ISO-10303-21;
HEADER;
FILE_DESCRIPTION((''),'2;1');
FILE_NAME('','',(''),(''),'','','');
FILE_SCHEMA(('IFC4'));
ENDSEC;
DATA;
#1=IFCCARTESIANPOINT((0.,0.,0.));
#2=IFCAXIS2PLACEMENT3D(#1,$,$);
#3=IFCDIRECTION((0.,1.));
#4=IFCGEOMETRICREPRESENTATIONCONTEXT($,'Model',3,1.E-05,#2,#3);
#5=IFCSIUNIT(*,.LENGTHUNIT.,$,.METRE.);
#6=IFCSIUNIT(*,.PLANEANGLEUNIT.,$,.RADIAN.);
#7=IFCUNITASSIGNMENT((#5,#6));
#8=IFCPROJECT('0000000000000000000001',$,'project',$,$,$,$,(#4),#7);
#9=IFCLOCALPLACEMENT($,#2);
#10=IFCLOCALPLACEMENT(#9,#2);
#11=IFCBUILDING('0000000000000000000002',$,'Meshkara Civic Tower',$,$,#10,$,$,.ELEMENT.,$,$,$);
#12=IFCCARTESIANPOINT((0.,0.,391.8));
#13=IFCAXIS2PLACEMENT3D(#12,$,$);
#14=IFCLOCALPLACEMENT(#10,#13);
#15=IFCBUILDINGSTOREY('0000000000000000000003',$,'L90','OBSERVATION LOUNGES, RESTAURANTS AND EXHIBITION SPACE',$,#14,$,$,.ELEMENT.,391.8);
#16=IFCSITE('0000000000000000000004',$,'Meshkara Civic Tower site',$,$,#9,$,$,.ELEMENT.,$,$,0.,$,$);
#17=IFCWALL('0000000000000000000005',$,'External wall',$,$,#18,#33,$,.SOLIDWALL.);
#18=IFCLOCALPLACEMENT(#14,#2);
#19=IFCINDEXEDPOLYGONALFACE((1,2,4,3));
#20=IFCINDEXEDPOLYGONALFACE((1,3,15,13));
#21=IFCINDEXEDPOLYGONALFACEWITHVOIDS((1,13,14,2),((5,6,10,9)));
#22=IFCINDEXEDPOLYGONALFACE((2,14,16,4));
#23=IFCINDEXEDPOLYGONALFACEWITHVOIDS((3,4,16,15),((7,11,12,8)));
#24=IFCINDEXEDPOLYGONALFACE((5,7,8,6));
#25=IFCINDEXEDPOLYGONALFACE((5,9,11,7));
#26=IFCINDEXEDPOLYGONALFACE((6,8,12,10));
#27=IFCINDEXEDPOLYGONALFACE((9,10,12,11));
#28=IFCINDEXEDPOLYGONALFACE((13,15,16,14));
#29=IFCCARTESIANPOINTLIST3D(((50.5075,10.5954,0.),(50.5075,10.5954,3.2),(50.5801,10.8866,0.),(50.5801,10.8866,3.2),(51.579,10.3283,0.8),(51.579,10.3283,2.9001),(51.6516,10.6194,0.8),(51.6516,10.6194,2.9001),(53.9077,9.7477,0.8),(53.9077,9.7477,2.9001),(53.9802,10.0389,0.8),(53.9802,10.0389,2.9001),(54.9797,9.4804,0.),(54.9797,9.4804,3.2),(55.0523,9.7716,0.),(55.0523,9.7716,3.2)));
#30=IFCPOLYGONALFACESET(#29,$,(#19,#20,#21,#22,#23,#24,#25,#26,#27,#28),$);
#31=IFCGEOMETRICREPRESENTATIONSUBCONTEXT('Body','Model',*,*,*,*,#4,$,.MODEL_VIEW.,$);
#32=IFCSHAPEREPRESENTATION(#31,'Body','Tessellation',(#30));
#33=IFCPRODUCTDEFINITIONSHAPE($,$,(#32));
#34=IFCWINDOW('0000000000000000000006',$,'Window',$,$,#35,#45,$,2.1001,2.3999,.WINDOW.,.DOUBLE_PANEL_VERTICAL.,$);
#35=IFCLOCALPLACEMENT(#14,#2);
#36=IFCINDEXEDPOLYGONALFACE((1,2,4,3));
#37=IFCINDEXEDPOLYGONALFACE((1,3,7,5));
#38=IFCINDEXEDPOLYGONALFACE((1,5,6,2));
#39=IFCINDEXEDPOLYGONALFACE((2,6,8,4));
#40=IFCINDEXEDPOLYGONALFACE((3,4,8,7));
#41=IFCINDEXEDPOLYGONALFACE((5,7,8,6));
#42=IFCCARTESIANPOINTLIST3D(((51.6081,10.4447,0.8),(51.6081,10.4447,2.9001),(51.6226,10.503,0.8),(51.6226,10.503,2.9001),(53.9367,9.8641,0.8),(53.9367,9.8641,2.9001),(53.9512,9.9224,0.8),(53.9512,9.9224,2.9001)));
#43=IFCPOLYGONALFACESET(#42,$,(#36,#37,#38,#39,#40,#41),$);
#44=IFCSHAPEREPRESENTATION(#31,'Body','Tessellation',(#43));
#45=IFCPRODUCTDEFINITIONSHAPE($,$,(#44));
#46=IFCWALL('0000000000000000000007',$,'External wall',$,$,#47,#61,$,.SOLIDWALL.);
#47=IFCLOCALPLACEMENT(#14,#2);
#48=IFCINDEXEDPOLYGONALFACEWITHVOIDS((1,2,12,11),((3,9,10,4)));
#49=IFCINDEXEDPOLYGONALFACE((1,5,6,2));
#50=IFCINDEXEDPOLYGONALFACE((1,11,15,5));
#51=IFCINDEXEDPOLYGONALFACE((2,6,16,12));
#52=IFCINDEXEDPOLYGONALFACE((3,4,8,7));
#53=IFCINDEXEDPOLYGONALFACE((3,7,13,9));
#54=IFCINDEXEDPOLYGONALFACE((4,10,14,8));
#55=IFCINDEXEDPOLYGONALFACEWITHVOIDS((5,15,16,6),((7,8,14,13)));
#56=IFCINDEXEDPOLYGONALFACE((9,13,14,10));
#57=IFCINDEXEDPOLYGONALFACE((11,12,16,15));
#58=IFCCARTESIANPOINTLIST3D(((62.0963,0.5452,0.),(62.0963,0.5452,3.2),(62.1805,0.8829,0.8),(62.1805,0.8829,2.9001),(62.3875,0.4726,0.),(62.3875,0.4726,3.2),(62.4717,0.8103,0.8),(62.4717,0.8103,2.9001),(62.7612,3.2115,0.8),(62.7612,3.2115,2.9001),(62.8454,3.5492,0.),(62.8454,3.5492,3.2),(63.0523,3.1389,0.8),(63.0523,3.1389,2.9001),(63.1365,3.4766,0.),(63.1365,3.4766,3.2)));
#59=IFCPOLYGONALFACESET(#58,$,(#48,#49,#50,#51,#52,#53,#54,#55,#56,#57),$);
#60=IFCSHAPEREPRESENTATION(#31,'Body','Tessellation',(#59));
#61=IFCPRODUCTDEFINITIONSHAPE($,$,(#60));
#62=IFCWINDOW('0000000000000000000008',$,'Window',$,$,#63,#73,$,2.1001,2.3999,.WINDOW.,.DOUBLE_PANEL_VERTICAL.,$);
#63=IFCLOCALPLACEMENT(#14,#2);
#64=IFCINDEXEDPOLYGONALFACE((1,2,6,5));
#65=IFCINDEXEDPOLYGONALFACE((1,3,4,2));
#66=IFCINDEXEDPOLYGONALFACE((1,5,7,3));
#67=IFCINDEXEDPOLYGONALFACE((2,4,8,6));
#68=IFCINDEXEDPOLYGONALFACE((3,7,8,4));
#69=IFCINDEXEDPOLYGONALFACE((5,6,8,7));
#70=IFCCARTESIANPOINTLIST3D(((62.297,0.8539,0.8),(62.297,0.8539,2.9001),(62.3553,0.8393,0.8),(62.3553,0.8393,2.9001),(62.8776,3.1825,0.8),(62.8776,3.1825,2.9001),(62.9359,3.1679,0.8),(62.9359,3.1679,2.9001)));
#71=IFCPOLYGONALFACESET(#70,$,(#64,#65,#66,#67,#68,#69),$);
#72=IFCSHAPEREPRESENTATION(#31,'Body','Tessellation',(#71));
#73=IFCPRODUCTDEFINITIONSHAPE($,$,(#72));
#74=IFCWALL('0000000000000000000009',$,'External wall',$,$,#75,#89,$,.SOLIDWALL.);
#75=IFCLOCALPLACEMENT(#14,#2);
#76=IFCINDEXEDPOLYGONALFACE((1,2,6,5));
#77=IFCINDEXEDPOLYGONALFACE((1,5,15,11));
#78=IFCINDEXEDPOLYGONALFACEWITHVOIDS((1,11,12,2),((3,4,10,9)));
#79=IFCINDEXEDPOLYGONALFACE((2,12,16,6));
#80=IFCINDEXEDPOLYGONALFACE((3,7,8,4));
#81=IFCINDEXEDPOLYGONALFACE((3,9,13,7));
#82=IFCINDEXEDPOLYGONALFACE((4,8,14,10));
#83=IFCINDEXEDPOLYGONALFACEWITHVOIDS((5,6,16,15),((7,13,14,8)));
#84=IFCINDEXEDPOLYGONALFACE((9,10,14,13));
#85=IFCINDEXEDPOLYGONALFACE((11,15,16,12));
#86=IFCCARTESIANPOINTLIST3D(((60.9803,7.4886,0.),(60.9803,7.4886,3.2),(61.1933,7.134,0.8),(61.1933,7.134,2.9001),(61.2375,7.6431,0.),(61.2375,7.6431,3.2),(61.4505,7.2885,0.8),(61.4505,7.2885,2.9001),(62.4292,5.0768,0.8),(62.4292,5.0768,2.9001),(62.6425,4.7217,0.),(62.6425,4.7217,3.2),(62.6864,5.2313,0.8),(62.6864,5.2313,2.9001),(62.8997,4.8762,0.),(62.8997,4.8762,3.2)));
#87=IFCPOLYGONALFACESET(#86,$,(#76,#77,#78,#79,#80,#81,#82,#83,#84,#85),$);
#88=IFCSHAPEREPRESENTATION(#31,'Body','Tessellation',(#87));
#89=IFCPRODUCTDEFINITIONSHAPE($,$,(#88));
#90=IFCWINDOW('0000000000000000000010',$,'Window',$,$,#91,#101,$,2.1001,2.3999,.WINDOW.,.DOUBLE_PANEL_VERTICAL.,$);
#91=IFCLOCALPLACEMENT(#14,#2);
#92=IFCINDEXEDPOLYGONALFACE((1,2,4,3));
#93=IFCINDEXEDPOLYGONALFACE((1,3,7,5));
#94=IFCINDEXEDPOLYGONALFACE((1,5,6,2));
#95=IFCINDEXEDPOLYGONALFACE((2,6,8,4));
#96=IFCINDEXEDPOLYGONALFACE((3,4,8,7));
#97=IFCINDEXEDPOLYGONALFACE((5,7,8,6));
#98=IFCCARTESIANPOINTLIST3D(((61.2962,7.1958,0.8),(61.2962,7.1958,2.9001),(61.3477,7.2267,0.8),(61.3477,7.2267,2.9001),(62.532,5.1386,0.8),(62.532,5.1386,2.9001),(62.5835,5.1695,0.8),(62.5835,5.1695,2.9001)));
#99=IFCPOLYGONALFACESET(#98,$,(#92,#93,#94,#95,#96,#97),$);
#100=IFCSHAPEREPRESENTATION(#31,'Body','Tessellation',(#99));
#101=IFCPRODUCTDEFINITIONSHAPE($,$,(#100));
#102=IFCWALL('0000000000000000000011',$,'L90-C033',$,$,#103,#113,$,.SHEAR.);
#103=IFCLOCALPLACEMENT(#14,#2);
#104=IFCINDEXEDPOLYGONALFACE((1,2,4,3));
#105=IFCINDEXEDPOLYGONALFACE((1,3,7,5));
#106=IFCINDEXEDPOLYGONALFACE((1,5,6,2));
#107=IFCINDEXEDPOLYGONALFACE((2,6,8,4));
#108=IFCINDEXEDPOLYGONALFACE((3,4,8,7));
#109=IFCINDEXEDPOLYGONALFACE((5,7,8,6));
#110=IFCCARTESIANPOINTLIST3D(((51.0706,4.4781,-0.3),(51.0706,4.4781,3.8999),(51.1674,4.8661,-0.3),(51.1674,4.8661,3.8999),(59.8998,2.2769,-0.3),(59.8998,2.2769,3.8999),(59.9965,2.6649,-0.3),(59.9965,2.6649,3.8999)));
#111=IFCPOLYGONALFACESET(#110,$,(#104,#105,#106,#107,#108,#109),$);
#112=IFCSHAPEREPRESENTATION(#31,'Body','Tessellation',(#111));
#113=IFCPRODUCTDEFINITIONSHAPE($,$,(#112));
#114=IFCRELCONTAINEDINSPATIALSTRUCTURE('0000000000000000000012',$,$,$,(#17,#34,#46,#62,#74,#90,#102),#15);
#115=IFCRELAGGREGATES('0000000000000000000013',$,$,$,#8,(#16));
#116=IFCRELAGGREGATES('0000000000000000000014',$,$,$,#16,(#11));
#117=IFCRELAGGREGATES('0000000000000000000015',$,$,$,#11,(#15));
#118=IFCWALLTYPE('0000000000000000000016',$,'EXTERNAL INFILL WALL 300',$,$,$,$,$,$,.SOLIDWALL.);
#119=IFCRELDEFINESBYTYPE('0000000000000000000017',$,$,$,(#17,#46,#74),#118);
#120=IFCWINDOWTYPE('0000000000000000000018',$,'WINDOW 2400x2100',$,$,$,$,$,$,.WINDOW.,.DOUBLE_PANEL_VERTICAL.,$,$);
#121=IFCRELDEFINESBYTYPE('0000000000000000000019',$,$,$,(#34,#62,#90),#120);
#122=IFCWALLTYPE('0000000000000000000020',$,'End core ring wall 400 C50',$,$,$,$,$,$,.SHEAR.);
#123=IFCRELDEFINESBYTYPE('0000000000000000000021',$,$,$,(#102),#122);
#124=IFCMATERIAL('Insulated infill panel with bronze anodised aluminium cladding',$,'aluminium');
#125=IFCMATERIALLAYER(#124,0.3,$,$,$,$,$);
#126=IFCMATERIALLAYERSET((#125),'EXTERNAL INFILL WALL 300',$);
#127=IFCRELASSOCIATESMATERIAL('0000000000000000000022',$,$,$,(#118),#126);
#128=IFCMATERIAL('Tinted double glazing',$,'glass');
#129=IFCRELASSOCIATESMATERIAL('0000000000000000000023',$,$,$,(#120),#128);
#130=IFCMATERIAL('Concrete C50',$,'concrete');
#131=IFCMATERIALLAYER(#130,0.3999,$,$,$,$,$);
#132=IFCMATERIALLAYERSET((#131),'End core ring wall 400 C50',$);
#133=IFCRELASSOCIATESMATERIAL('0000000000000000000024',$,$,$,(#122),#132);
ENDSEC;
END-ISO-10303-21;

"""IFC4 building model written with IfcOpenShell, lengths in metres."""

from ifc_helpers import new_model, si_unit, direction, frame, frame_2d, origin, place, context, subcontext, project, spatial, rectangle, extrude, material, layer, layer_set, type_object, element, fill, save


model = new_model("IFC4")

# Units and contexts
model_context = context("Model", 3, precision=1e-05, world=origin(), true_north=direction((0.0, 1.0)))
body_context = subcontext(model_context, "Body", "Model", "MODEL_VIEW")
ifc_project = project(units=[si_unit("LENGTHUNIT", "METRE"), si_unit("PLANEANGLEUNIT", "RADIAN")], contexts=[model_context])

# Site, building, storey
site_placement = place(None, origin())
site = spatial("IfcSite", under=ifc_project, at=site_placement, Name="Meshkara Civic Tower site", CompositionType="ELEMENT", RefElevation=0.0)
building_placement = place(site_placement, origin())
building = spatial("IfcBuilding", under=site, at=building_placement, Name="Meshkara Civic Tower", CompositionType="ELEMENT")
storey_placement = place(building_placement, frame((0.0, 0.0, 391.8)))
storey = spatial("IfcBuildingStorey", under=building, at=storey_placement, Name="L90", Description="OBSERVATION LOUNGES, RESTAURANTS AND EXHIBITION SPACE", CompositionType="ELEMENT", Elevation=391.8)

# Walls, openings, windows
ifc_material_1 = material(Name="Insulated infill panel with bronze anodised aluminium cladding", Category="aluminium")
ifc_layer_1 = layer(ifc_material_1, 0.3)
ifc_layer_set_1 = layer_set([ifc_layer_1], Name="EXTERNAL INFILL WALL 300")
wall_type_1 = type_object("IfcWallType", Name="EXTERNAL INFILL WALL 300", PredefinedType="SOLIDWALL", material=ifc_layer_set_1)
ifc_material_2 = material(Name="Tinted double glazing", Category="glass")
window_type = type_object("IfcWindowType", Name="WINDOW 2400x2100", PartitioningType="DOUBLE_PANEL_VERTICAL", PredefinedType="WINDOW", material=ifc_material_2)
wall_1_placement = place(storey_placement, frame((55.0161, 9.626, 0.0), z_axis=(0.0, 0.0, 1.0), x_axis=(-0.970298, 0.241912, 0.0)))
wall_1 = element("IfcWall", 1, at=wall_1_placement, inside=storey, type_object=wall_type_1, Name="External wall", PredefinedType="SOLIDWALL", context=body_context, shape_type="SweptSolid", body=[
    extrude(rectangle(XDim=4.6091, YDim=0.3, at=frame_2d((2.3047, 0.0))), origin(), (0.0, 0.0, 1.0), 3.2),
])
opening_1_placement = place(wall_1_placement, frame((1.105, 0.0, 0.8)))
opening_1 = element("IfcOpeningElement", 2, at=opening_1_placement, cuts=wall_1, PredefinedType="OPENING", context=body_context, shape_type="SweptSolid", body=[
    extrude(rectangle(XDim=2.3999, YDim=2.1001, at=frame_2d((1.2, 1.05))), frame((0.0, 0.1599, 0.0), z_axis=(0.0, -1.0, 0.0), x_axis=(1.0, 0.0, 0.0)), (0.0, 0.0, 1.0), 0.3201),
])
window_1_placement = place(opening_1_placement, origin())
window_1 = element("IfcWindow", 3, at=window_1_placement, inside=storey, type_object=window_type, Name="Window", OverallHeight=2.1001, OverallWidth=2.3999, PartitioningType="DOUBLE_PANEL_VERTICAL", PredefinedType="WINDOW", context=body_context, shape_type="SweptSolid", body=[
    extrude(rectangle(XDim=2.3999, YDim=2.1001, at=frame_2d((1.2, 1.05))), frame((0.0, 0.03, 0.0), z_axis=(0.0, -1.0, 0.0), x_axis=(1.0, 0.0, 0.0)), (0.0, 0.0, 1.0), 0.0601),
])
fill(opening_1, window_1)
wall_2_placement = place(storey_placement, frame((62.2419, 0.509, 0.0), z_axis=(0.0, 0.0, 1.0), x_axis=(0.241942, 0.970291, 0.0)))
wall_2 = element("IfcWall", 4, at=wall_2_placement, inside=storey, type_object=wall_type_1, Name="External wall", PredefinedType="SOLIDWALL", context=body_context, shape_type="SweptSolid", body=[
    extrude(rectangle(XDim=3.0959, YDim=0.3, at=frame_2d((1.5479, 0.0))), origin(), (0.0, 0.0, 1.0), 3.2),
])
opening_2_placement = place(wall_2_placement, frame((0.3479, 0.0, 0.8)))
opening_2 = element("IfcOpeningElement", 5, at=opening_2_placement, cuts=wall_2, PredefinedType="OPENING", context=body_context, shape_type="SweptSolid", body=[
    extrude(rectangle(XDim=2.3999, YDim=2.1001, at=frame_2d((1.2, 1.05))), frame((0.0, 0.1599, 0.0), z_axis=(0.0, -1.0, 0.0), x_axis=(1.0, 0.0, 0.0)), (0.0, 0.0, 1.0), 0.3201),
])
window_2_placement = place(opening_2_placement, origin())
window_2 = element("IfcWindow", 6, at=window_2_placement, inside=storey, type_object=window_type, Name="Window", OverallHeight=2.1001, OverallWidth=2.3999, PartitioningType="DOUBLE_PANEL_VERTICAL", PredefinedType="WINDOW", context=body_context, shape_type="SweptSolid", body=[
    extrude(rectangle(XDim=2.3999, YDim=2.1001, at=frame_2d((1.2, 1.05))), frame((0.0, 0.03, 0.0), z_axis=(0.0, -1.0, 0.0), x_axis=(1.0, 0.0, 0.0)), (0.0, 0.0, 1.0), 0.0601),
])
fill(opening_2, window_2)
wall_3_placement = place(storey_placement, frame((62.771, 4.7991, 0.0), z_axis=(0.0, 0.0, 1.0), x_axis=(-0.514952, 0.857219, 0.0)))
wall_3 = element("IfcWall", 7, at=wall_3_placement, inside=storey, type_object=wall_type_1, Name="External wall", PredefinedType="SOLIDWALL", context=body_context, shape_type="SweptSolid", body=[
    extrude(rectangle(XDim=3.2278, YDim=0.3, at=frame_2d((1.6138, 0.0))), origin(), (0.0, 0.0, 1.0), 3.2),
])
opening_3_placement = place(wall_3_placement, frame((0.4141, 0.0, 0.8)))
opening_3 = element("IfcOpeningElement", 8, at=opening_3_placement, cuts=wall_3, PredefinedType="OPENING", context=body_context, shape_type="SweptSolid", body=[
    extrude(rectangle(XDim=2.3999, YDim=2.1001, at=frame_2d((1.2, 1.05))), frame((0.0, 0.1599, 0.0), z_axis=(0.0, -1.0, 0.0), x_axis=(1.0, 0.0, 0.0)), (0.0, 0.0, 1.0), 0.3201),
])
window_3_placement = place(opening_3_placement, origin())
window_3 = element("IfcWindow", 9, at=window_3_placement, inside=storey, type_object=window_type, Name="Window", OverallHeight=2.1001, OverallWidth=2.3999, PartitioningType="DOUBLE_PANEL_VERTICAL", PredefinedType="WINDOW", context=body_context, shape_type="SweptSolid", body=[
    extrude(rectangle(XDim=2.3999, YDim=2.1001, at=frame_2d((1.2, 1.05))), frame((0.0, 0.03, 0.0), z_axis=(0.0, -1.0, 0.0), x_axis=(1.0, 0.0, 0.0)), (0.0, 0.0, 1.0), 0.0601),
])
fill(opening_3, window_3)

# Wall
ifc_material_3 = material(Name="Concrete C50", Category="concrete")
ifc_layer_2 = layer(ifc_material_3, 0.3999)
ifc_layer_set_2 = layer_set([ifc_layer_2], Name="End core ring wall 400 C50")
wall_type_2 = type_object("IfcWallType", Name="End core ring wall 400 C50", PredefinedType="SHEAR", material=ifc_layer_set_2)
wall_4_placement = place(storey_placement, frame((51.1189, 4.6721, -0.3), z_axis=(0.0, 0.0, 1.0), x_axis=(0.9703, -0.241904, 0.0)))
element("IfcWall", 10, at=wall_4_placement, inside=storey, type_object=wall_type_2, Name="L90-C033", PredefinedType="SHEAR", context=body_context, shape_type="SweptSolid", body=[
    extrude(rectangle(XDim=9.0994, YDim=0.3999, at=frame_2d((4.5498, 0.0))), origin(), (0.0, 0.0, 1.0), 4.2),
])

save(model, "model.ifc")
